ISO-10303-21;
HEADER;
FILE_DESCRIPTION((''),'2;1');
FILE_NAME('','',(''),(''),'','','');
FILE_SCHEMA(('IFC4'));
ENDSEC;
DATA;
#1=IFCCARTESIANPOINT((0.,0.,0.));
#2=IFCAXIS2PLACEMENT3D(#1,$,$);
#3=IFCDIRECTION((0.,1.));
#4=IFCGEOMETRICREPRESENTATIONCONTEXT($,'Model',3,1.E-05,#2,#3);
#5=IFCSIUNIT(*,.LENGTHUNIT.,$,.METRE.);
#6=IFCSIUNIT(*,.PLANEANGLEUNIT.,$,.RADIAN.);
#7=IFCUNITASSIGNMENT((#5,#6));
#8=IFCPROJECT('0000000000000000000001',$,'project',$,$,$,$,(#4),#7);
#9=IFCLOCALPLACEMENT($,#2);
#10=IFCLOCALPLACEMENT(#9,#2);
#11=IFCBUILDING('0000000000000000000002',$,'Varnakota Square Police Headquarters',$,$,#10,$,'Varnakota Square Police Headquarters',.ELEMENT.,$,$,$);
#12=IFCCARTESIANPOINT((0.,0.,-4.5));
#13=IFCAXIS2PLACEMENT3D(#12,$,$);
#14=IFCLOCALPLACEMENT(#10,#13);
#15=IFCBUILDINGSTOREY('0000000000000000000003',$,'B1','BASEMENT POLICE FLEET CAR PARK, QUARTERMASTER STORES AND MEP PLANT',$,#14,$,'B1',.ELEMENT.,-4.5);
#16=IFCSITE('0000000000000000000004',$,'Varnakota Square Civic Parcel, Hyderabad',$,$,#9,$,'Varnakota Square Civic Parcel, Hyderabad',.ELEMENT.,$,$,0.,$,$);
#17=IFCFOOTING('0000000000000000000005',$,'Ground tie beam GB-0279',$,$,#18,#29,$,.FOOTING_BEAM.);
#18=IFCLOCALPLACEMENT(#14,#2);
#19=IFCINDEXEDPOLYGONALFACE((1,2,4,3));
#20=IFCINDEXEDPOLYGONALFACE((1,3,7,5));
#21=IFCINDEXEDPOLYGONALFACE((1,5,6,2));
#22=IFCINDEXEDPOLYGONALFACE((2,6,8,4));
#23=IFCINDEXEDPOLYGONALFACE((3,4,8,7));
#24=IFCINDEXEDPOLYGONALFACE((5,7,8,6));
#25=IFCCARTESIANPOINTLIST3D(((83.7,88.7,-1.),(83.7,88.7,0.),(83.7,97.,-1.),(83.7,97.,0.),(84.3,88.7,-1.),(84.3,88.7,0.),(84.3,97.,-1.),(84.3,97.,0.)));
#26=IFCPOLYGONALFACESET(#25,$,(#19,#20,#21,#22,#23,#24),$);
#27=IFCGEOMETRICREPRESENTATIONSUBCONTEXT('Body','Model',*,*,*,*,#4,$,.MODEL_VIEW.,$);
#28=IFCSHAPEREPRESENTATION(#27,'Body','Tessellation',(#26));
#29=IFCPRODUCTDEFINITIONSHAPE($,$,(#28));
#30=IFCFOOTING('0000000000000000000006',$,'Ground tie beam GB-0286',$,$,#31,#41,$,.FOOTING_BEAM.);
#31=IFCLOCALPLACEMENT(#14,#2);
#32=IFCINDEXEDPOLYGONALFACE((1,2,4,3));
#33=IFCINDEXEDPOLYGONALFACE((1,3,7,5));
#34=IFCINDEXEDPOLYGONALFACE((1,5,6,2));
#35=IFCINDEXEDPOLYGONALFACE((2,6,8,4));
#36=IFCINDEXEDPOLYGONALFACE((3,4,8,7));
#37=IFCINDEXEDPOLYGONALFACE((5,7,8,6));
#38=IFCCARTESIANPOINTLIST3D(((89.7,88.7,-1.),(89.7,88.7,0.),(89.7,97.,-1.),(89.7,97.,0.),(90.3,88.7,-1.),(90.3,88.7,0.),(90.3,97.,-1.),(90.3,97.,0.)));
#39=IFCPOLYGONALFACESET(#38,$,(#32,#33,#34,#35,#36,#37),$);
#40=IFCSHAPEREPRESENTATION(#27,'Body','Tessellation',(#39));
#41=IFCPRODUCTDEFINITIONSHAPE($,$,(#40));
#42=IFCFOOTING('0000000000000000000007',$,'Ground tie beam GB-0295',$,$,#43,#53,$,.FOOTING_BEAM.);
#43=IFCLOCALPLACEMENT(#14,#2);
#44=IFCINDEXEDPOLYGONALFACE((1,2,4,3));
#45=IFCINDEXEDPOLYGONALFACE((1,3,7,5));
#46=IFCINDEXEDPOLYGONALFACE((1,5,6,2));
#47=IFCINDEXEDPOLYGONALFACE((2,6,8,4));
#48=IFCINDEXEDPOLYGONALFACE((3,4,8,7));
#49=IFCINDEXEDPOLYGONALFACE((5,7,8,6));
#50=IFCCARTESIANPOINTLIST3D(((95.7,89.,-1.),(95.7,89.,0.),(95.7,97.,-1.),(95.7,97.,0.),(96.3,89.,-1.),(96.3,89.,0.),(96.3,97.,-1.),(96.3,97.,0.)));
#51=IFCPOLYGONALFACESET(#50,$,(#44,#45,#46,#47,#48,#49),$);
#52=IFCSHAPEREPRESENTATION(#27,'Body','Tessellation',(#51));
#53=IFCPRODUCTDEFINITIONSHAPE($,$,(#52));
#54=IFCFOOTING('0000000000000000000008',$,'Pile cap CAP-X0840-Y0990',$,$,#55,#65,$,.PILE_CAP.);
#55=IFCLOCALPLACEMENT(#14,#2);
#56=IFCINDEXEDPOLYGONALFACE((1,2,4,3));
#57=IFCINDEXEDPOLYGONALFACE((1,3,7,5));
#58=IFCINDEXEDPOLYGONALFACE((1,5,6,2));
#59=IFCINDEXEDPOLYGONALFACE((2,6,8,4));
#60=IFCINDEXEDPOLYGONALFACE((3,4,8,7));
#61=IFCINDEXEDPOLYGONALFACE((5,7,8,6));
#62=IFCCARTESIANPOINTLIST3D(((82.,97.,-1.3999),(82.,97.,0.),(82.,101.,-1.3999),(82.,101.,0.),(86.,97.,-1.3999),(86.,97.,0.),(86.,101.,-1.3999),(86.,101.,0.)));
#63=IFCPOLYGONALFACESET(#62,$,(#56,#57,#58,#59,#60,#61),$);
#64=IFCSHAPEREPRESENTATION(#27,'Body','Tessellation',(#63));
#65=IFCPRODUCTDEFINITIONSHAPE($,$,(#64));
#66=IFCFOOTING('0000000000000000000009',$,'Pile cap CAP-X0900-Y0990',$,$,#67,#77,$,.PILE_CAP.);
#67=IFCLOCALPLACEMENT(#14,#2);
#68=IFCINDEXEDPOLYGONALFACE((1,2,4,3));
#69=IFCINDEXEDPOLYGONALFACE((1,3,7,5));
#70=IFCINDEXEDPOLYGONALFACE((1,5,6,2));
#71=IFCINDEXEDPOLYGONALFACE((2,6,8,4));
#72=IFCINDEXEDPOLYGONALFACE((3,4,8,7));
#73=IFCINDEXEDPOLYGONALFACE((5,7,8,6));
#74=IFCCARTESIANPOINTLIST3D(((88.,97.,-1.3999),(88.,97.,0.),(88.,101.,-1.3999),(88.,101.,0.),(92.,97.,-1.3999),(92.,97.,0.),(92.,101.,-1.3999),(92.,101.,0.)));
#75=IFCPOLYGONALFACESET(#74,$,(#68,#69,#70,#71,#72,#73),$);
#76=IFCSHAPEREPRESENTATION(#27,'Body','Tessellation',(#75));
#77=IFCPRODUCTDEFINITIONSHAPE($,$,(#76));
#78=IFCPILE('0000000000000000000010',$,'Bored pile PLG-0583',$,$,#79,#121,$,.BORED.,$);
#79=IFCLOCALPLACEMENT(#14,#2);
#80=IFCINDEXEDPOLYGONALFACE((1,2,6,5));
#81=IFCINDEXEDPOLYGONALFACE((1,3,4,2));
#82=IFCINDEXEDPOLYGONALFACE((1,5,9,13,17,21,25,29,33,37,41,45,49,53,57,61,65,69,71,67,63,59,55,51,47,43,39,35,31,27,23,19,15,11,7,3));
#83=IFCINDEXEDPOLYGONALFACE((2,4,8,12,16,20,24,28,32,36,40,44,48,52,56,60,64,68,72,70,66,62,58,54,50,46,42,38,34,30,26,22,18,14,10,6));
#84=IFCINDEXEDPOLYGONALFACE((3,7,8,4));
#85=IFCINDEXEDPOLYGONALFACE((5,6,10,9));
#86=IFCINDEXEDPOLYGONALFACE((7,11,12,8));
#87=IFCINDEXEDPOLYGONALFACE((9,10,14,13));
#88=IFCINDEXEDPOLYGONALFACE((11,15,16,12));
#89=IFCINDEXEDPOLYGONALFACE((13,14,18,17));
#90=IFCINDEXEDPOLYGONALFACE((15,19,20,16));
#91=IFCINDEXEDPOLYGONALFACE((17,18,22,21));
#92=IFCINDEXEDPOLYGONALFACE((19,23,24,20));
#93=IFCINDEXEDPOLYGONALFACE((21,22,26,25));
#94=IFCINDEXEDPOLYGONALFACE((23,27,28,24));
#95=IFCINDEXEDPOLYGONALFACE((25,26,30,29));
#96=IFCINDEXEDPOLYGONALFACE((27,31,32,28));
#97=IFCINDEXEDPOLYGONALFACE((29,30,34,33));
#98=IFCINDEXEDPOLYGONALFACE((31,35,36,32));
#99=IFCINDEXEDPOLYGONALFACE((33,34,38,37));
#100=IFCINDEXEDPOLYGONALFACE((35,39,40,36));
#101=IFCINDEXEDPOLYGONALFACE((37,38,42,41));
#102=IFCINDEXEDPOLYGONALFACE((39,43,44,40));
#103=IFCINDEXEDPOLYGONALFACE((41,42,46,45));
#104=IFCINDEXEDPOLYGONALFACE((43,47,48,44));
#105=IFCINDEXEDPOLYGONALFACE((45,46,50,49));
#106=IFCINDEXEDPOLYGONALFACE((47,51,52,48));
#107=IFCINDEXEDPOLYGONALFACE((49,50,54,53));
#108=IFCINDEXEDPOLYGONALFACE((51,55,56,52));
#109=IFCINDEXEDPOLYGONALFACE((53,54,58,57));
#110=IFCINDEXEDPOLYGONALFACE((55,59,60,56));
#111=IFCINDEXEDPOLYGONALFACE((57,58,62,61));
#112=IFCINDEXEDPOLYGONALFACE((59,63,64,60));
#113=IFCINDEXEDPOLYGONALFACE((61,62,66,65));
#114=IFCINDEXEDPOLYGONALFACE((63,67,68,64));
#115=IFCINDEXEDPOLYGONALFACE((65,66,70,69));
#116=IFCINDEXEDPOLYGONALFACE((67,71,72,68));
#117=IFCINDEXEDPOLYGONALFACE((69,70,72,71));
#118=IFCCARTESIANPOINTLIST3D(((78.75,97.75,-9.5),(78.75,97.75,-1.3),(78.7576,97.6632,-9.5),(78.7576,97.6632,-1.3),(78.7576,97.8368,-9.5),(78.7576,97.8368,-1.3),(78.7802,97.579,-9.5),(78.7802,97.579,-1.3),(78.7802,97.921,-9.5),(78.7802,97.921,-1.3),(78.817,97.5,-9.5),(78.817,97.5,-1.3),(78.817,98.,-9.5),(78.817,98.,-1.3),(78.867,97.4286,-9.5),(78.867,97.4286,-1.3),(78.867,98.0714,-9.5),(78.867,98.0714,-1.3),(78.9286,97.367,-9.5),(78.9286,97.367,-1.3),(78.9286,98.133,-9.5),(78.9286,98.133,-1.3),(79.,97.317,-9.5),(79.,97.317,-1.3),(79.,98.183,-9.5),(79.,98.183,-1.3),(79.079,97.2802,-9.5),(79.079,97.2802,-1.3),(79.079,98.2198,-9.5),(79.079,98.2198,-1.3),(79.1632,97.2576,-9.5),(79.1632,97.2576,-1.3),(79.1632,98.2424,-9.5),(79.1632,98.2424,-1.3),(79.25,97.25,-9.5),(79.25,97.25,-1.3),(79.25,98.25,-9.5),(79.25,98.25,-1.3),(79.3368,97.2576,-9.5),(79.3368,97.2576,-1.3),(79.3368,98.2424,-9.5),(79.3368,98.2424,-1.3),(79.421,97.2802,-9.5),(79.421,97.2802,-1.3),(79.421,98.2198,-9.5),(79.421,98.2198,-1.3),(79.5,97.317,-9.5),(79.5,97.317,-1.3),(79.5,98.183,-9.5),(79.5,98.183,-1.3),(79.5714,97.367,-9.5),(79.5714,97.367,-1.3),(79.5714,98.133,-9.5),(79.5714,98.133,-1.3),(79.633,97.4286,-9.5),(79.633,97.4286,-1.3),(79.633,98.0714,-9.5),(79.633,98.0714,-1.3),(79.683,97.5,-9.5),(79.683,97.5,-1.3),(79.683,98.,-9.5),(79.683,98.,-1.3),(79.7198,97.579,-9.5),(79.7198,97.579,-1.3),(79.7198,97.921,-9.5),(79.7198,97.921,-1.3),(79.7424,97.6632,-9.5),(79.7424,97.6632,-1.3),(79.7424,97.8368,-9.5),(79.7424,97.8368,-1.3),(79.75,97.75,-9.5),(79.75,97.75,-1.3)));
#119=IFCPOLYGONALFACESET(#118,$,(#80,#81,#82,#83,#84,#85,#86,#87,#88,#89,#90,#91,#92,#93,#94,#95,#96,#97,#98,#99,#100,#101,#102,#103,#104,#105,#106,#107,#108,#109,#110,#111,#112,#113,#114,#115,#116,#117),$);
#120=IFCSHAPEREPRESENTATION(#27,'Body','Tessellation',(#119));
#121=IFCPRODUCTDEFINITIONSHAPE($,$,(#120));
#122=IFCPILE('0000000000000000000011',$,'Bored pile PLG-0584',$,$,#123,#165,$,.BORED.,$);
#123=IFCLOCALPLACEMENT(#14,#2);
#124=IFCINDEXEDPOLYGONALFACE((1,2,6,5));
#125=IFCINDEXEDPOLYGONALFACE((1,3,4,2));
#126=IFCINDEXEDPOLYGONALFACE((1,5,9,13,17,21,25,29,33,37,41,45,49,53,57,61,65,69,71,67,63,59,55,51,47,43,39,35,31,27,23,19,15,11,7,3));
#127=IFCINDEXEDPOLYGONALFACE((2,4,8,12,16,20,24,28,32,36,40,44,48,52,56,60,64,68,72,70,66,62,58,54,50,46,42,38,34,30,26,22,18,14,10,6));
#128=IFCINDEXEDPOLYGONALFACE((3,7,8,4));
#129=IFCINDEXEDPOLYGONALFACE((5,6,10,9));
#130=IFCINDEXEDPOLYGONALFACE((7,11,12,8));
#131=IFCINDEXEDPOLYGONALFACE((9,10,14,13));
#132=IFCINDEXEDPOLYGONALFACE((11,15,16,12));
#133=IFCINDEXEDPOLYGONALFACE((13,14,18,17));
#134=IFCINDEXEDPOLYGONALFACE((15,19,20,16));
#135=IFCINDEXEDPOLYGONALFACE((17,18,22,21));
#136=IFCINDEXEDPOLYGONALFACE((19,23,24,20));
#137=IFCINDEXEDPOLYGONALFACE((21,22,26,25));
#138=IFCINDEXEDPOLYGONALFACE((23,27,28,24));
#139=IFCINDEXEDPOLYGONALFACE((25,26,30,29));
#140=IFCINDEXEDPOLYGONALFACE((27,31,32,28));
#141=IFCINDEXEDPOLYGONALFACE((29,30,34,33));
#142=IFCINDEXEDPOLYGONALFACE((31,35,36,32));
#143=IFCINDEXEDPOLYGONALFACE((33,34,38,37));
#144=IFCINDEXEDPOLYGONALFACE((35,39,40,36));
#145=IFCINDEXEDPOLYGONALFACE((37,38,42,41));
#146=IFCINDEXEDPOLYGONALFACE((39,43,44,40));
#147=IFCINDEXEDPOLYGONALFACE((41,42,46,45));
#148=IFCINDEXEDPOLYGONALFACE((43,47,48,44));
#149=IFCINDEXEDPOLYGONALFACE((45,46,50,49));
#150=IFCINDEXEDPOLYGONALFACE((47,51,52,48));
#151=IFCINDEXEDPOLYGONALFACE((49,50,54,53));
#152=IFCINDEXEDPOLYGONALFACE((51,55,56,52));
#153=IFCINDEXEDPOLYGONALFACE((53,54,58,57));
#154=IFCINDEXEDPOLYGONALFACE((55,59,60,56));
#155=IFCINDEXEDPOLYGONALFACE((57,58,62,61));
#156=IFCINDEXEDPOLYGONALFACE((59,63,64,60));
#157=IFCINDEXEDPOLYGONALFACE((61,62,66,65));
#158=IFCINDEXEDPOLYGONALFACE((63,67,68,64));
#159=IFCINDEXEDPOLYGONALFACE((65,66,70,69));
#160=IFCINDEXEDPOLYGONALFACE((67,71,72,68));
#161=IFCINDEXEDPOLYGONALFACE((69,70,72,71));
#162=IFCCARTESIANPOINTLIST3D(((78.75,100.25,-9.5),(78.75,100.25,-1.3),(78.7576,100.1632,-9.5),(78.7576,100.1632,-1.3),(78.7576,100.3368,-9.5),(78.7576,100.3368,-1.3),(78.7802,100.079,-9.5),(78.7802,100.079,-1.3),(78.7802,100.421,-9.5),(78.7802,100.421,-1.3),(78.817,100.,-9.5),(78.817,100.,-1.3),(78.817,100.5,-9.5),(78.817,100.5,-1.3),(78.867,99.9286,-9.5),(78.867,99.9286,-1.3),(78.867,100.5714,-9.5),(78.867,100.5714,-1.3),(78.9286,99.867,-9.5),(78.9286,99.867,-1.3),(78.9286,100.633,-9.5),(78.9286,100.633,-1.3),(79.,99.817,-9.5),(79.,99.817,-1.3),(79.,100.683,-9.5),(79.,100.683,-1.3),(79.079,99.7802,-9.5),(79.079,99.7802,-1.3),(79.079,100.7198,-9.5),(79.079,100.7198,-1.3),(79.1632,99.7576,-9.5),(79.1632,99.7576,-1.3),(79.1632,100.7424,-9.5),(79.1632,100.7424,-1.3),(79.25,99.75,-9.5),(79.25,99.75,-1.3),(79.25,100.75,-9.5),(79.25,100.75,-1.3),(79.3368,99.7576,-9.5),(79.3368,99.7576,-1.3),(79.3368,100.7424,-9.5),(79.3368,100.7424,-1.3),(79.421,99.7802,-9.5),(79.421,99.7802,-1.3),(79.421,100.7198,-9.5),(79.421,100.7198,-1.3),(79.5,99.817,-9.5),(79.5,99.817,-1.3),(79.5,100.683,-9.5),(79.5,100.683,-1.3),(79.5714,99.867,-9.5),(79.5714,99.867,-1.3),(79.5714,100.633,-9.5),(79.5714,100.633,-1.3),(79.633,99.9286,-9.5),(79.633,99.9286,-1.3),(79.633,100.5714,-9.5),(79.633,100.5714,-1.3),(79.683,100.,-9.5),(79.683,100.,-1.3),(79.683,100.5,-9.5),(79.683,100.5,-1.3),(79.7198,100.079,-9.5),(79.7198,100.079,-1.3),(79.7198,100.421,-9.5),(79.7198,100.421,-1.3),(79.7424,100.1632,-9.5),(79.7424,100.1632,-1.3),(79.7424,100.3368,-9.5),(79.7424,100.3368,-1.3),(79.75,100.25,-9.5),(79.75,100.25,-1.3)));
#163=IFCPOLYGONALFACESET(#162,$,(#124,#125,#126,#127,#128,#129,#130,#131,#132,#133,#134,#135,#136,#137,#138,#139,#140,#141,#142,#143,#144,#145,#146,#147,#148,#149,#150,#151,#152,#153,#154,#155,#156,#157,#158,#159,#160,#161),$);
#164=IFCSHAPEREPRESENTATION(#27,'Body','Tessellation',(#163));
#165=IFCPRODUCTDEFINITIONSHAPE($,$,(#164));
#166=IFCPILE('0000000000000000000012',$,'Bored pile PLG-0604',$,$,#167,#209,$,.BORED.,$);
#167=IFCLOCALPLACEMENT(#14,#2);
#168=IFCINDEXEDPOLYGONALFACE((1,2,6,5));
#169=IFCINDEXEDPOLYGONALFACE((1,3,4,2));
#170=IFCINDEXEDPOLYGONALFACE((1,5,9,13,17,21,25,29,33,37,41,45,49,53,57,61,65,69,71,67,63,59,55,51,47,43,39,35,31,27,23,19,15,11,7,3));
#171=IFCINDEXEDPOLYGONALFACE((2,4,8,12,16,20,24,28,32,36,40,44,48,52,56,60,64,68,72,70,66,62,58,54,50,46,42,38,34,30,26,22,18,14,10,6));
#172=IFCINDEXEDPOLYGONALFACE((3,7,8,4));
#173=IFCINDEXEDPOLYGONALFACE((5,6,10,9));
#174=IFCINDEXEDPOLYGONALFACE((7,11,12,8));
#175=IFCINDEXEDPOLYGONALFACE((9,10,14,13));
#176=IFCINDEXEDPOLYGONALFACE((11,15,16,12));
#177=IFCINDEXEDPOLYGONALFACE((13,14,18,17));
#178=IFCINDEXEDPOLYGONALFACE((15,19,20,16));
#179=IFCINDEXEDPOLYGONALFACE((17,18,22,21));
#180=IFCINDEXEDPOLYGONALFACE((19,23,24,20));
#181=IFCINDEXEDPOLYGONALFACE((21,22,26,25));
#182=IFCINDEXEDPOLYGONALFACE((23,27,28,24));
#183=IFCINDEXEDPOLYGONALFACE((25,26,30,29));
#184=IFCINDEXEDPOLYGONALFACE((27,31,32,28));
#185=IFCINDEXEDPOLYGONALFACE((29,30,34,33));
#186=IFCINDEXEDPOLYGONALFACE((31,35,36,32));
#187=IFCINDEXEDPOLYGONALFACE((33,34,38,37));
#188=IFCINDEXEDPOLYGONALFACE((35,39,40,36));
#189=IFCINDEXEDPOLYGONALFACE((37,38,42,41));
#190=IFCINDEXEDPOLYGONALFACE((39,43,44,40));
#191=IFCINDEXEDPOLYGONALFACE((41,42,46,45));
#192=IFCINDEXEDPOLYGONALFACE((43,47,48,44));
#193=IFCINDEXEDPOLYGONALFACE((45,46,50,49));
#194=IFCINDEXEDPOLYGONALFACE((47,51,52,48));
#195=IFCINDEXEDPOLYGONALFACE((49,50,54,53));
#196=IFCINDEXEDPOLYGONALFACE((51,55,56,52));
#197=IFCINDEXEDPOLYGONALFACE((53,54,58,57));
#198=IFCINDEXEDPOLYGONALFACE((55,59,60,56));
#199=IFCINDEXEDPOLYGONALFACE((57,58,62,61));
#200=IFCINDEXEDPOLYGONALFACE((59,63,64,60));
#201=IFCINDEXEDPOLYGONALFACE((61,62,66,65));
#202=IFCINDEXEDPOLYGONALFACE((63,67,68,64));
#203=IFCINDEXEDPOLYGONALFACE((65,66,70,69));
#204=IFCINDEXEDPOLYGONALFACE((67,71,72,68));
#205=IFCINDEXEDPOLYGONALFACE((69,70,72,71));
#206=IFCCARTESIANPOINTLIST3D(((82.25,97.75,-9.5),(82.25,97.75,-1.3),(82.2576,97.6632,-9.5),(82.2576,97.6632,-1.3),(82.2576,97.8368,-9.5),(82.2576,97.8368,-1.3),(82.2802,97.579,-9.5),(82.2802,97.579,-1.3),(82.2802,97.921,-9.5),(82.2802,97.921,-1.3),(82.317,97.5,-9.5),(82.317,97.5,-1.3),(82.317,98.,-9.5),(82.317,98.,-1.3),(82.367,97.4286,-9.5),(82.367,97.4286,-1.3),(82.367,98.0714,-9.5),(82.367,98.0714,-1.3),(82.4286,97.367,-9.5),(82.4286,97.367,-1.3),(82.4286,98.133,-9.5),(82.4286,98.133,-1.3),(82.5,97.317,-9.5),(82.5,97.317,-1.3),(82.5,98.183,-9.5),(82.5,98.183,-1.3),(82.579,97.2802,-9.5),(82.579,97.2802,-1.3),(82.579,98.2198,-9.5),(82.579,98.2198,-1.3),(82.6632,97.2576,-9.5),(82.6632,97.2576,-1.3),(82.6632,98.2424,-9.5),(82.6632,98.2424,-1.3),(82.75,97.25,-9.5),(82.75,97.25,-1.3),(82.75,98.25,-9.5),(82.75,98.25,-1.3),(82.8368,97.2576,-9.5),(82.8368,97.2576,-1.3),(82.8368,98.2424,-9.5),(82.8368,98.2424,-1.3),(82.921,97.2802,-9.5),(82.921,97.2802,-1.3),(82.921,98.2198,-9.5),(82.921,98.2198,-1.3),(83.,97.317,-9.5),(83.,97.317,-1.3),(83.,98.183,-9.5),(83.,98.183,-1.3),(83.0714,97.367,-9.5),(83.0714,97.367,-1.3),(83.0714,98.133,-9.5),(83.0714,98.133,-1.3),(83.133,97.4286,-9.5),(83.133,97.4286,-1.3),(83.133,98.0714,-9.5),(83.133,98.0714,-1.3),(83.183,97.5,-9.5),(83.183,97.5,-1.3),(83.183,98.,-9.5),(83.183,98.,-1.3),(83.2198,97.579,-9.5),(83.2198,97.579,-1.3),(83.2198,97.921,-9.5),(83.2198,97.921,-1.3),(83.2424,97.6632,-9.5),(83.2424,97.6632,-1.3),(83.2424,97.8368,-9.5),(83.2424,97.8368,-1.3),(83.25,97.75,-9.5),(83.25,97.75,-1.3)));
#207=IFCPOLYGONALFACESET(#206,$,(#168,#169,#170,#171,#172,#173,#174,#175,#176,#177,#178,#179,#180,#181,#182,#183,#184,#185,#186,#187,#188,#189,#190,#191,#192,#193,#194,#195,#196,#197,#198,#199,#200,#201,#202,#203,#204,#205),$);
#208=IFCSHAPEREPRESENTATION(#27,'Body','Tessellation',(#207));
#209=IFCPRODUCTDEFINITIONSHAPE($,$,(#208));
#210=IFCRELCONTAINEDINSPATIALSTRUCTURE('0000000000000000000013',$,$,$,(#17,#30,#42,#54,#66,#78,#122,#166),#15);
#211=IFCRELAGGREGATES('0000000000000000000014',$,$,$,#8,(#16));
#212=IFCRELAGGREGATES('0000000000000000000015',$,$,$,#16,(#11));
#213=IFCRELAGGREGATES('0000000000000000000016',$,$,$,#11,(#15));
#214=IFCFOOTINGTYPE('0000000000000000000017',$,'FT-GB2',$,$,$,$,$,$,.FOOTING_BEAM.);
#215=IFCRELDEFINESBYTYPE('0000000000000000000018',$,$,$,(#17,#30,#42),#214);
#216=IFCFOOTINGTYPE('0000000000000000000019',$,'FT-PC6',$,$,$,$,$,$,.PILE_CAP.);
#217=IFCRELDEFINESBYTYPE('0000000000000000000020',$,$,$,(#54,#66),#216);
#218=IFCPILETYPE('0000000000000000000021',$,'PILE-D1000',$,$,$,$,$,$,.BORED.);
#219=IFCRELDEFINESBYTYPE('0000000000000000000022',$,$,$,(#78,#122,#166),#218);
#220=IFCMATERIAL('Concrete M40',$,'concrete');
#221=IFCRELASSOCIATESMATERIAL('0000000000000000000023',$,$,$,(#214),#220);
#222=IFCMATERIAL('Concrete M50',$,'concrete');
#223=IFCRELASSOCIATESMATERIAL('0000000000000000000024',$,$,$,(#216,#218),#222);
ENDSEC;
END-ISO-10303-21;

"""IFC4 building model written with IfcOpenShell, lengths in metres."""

from ifc_helpers import new_model, si_unit, direction, frame, origin, origin_2d, place, context, subcontext, project, spatial, rectangle, circle, extrude, material, material_profile, profile_set, type_object, element, save


model = new_model("IFC4")

# Units and contexts
model_context = context("Model", 3, precision=1e-05, world=origin(), true_north=direction((0.0, 1.0)))
body_context = subcontext(model_context, "Body", "Model", "MODEL_VIEW")
ifc_project = project(units=[si_unit("LENGTHUNIT", "METRE"), si_unit("PLANEANGLEUNIT", "RADIAN")], contexts=[model_context])

# Site, building, storey
site_placement = place(None, origin())
site = spatial("IfcSite", under=ifc_project, at=site_placement, Name="Varnakota Square Civic Parcel, Hyderabad", LongName="Varnakota Square Civic Parcel, Hyderabad", CompositionType="ELEMENT", RefElevation=0.0)
building_placement = place(site_placement, origin())
building = spatial("IfcBuilding", under=site, at=building_placement, Name="Varnakota Square Police Headquarters", LongName="Varnakota Square Police Headquarters", CompositionType="ELEMENT")
storey_placement = place(building_placement, frame((0.0, 0.0, -4.5)))
storey = spatial("IfcBuildingStorey", under=building, at=storey_placement, Name="B1", Description="BASEMENT POLICE FLEET CAR PARK, QUARTERMASTER STORES AND MEP PLANT", LongName="B1", CompositionType="ELEMENT", Elevation=-4.5)

# Footings
ifc_material_1 = material(Name="Concrete M40", Category="concrete")
ifc_material_profile_1 = material_profile(ifc_material_1, rectangle(XDim=0.6001, YDim=1.0, at=origin_2d()), Name="GB 600x1000")
ifc_profile_set_1 = profile_set([ifc_material_profile_1], Name="Concrete M40")
footing_type_1 = type_object("IfcFootingType", Name="FT-GB2", PredefinedType="FOOTING_BEAM", material=ifc_profile_set_1)
for number, where, z_axis, x_axis, name in (
    (1, (84.0, 88.7, -0.5), (0.0, 1.0, 0.0), (-1.0, 0.0, 0.0), "Ground tie beam GB-0279"),
    (2, (90.0, 88.7, -0.5), (0.0, 1.0, 0.0), (-1.0, 0.0, 0.0), "Ground tie beam GB-0286"),
):
    element("IfcFooting", number, at=place(storey_placement, frame(where, z_axis=z_axis, x_axis=x_axis)), inside=storey, type_object=footing_type_1, Name=name, PredefinedType="FOOTING_BEAM", context=body_context, shape_type="SweptSolid", body=[
        extrude(rectangle(XDim=0.6001, YDim=1.0, at=origin_2d()), origin(), (0.0, 0.0, 1.0), 8.3),
    ])
footing_placement = place(storey_placement, frame((96.0, 89.0, -0.5), z_axis=(0.0, 1.0, 0.0), x_axis=(-1.0, 0.0, 0.0)))
element("IfcFooting", 3, at=footing_placement, inside=storey, type_object=footing_type_1, Name="Ground tie beam GB-0295", PredefinedType="FOOTING_BEAM", context=body_context, shape_type="SweptSolid", body=[
    extrude(rectangle(XDim=0.6001, YDim=1.0, at=origin_2d()), origin(), (0.0, 0.0, 1.0), 8.0),
])
ifc_material_2 = material(Name="Concrete M50", Category="concrete")
footing_type_2 = type_object("IfcFootingType", Name="FT-PC6", PredefinedType="PILE_CAP", material=ifc_material_2)
for number, where, z_axis, x_axis, name in (
    (4, (84.0, 99.0, -1.3999), (0.0, 0.0, 1.0), (1.0, 0.0, 0.0), "Pile cap CAP-X0840-Y0990"),
    (5, (90.0, 99.0, -1.3999), (0.0, 0.0, 1.0), (1.0, 0.0, 0.0), "Pile cap CAP-X0900-Y0990"),
):
    element("IfcFooting", number, at=place(storey_placement, frame(where, z_axis=z_axis, x_axis=x_axis)), inside=storey, type_object=footing_type_2, Name=name, PredefinedType="PILE_CAP", context=body_context, shape_type="SweptSolid", body=[
        extrude(rectangle(XDim=4.0, YDim=4.0, at=origin_2d()), origin(), (0.0, 0.0, 1.0), 1.3999),
    ])

# Piles
ifc_material_profile_2 = material_profile(ifc_material_2, circle(Radius=0.5, at=origin_2d()), Name="BORED PILE 1000")
ifc_profile_set_2 = profile_set([ifc_material_profile_2], Name="Concrete M50")
pile_type_1 = type_object("IfcPileType", Name="PILE-D1000", PredefinedType="BORED", material=ifc_profile_set_2)
for number, where, z_axis, x_axis, name in (
    (6, (79.25, 97.75, -1.3), (0.0, 0.0, -1.0), (1.0, 0.0, 0.0), "Bored pile PLG-0583"),
    (7, (79.25, 100.25, -1.3), (0.0, 0.0, -1.0), (1.0, 0.0, 0.0), "Bored pile PLG-0584"),
    (8, (82.75, 97.75, -1.3), (0.0, 0.0, -1.0), (1.0, 0.0, 0.0), "Bored pile PLG-0604"),
):
    element("IfcPile", number, at=place(storey_placement, frame(where, z_axis=z_axis, x_axis=x_axis)), inside=storey, type_object=pile_type_1, Name=name, PredefinedType="BORED", context=body_context, shape_type="SweptSolid", body=[
        extrude(circle(Radius=0.5, at=origin_2d()), origin(), (0.0, 0.0, 1.0), 8.2),
    ])

save(model, "model.ifc")
